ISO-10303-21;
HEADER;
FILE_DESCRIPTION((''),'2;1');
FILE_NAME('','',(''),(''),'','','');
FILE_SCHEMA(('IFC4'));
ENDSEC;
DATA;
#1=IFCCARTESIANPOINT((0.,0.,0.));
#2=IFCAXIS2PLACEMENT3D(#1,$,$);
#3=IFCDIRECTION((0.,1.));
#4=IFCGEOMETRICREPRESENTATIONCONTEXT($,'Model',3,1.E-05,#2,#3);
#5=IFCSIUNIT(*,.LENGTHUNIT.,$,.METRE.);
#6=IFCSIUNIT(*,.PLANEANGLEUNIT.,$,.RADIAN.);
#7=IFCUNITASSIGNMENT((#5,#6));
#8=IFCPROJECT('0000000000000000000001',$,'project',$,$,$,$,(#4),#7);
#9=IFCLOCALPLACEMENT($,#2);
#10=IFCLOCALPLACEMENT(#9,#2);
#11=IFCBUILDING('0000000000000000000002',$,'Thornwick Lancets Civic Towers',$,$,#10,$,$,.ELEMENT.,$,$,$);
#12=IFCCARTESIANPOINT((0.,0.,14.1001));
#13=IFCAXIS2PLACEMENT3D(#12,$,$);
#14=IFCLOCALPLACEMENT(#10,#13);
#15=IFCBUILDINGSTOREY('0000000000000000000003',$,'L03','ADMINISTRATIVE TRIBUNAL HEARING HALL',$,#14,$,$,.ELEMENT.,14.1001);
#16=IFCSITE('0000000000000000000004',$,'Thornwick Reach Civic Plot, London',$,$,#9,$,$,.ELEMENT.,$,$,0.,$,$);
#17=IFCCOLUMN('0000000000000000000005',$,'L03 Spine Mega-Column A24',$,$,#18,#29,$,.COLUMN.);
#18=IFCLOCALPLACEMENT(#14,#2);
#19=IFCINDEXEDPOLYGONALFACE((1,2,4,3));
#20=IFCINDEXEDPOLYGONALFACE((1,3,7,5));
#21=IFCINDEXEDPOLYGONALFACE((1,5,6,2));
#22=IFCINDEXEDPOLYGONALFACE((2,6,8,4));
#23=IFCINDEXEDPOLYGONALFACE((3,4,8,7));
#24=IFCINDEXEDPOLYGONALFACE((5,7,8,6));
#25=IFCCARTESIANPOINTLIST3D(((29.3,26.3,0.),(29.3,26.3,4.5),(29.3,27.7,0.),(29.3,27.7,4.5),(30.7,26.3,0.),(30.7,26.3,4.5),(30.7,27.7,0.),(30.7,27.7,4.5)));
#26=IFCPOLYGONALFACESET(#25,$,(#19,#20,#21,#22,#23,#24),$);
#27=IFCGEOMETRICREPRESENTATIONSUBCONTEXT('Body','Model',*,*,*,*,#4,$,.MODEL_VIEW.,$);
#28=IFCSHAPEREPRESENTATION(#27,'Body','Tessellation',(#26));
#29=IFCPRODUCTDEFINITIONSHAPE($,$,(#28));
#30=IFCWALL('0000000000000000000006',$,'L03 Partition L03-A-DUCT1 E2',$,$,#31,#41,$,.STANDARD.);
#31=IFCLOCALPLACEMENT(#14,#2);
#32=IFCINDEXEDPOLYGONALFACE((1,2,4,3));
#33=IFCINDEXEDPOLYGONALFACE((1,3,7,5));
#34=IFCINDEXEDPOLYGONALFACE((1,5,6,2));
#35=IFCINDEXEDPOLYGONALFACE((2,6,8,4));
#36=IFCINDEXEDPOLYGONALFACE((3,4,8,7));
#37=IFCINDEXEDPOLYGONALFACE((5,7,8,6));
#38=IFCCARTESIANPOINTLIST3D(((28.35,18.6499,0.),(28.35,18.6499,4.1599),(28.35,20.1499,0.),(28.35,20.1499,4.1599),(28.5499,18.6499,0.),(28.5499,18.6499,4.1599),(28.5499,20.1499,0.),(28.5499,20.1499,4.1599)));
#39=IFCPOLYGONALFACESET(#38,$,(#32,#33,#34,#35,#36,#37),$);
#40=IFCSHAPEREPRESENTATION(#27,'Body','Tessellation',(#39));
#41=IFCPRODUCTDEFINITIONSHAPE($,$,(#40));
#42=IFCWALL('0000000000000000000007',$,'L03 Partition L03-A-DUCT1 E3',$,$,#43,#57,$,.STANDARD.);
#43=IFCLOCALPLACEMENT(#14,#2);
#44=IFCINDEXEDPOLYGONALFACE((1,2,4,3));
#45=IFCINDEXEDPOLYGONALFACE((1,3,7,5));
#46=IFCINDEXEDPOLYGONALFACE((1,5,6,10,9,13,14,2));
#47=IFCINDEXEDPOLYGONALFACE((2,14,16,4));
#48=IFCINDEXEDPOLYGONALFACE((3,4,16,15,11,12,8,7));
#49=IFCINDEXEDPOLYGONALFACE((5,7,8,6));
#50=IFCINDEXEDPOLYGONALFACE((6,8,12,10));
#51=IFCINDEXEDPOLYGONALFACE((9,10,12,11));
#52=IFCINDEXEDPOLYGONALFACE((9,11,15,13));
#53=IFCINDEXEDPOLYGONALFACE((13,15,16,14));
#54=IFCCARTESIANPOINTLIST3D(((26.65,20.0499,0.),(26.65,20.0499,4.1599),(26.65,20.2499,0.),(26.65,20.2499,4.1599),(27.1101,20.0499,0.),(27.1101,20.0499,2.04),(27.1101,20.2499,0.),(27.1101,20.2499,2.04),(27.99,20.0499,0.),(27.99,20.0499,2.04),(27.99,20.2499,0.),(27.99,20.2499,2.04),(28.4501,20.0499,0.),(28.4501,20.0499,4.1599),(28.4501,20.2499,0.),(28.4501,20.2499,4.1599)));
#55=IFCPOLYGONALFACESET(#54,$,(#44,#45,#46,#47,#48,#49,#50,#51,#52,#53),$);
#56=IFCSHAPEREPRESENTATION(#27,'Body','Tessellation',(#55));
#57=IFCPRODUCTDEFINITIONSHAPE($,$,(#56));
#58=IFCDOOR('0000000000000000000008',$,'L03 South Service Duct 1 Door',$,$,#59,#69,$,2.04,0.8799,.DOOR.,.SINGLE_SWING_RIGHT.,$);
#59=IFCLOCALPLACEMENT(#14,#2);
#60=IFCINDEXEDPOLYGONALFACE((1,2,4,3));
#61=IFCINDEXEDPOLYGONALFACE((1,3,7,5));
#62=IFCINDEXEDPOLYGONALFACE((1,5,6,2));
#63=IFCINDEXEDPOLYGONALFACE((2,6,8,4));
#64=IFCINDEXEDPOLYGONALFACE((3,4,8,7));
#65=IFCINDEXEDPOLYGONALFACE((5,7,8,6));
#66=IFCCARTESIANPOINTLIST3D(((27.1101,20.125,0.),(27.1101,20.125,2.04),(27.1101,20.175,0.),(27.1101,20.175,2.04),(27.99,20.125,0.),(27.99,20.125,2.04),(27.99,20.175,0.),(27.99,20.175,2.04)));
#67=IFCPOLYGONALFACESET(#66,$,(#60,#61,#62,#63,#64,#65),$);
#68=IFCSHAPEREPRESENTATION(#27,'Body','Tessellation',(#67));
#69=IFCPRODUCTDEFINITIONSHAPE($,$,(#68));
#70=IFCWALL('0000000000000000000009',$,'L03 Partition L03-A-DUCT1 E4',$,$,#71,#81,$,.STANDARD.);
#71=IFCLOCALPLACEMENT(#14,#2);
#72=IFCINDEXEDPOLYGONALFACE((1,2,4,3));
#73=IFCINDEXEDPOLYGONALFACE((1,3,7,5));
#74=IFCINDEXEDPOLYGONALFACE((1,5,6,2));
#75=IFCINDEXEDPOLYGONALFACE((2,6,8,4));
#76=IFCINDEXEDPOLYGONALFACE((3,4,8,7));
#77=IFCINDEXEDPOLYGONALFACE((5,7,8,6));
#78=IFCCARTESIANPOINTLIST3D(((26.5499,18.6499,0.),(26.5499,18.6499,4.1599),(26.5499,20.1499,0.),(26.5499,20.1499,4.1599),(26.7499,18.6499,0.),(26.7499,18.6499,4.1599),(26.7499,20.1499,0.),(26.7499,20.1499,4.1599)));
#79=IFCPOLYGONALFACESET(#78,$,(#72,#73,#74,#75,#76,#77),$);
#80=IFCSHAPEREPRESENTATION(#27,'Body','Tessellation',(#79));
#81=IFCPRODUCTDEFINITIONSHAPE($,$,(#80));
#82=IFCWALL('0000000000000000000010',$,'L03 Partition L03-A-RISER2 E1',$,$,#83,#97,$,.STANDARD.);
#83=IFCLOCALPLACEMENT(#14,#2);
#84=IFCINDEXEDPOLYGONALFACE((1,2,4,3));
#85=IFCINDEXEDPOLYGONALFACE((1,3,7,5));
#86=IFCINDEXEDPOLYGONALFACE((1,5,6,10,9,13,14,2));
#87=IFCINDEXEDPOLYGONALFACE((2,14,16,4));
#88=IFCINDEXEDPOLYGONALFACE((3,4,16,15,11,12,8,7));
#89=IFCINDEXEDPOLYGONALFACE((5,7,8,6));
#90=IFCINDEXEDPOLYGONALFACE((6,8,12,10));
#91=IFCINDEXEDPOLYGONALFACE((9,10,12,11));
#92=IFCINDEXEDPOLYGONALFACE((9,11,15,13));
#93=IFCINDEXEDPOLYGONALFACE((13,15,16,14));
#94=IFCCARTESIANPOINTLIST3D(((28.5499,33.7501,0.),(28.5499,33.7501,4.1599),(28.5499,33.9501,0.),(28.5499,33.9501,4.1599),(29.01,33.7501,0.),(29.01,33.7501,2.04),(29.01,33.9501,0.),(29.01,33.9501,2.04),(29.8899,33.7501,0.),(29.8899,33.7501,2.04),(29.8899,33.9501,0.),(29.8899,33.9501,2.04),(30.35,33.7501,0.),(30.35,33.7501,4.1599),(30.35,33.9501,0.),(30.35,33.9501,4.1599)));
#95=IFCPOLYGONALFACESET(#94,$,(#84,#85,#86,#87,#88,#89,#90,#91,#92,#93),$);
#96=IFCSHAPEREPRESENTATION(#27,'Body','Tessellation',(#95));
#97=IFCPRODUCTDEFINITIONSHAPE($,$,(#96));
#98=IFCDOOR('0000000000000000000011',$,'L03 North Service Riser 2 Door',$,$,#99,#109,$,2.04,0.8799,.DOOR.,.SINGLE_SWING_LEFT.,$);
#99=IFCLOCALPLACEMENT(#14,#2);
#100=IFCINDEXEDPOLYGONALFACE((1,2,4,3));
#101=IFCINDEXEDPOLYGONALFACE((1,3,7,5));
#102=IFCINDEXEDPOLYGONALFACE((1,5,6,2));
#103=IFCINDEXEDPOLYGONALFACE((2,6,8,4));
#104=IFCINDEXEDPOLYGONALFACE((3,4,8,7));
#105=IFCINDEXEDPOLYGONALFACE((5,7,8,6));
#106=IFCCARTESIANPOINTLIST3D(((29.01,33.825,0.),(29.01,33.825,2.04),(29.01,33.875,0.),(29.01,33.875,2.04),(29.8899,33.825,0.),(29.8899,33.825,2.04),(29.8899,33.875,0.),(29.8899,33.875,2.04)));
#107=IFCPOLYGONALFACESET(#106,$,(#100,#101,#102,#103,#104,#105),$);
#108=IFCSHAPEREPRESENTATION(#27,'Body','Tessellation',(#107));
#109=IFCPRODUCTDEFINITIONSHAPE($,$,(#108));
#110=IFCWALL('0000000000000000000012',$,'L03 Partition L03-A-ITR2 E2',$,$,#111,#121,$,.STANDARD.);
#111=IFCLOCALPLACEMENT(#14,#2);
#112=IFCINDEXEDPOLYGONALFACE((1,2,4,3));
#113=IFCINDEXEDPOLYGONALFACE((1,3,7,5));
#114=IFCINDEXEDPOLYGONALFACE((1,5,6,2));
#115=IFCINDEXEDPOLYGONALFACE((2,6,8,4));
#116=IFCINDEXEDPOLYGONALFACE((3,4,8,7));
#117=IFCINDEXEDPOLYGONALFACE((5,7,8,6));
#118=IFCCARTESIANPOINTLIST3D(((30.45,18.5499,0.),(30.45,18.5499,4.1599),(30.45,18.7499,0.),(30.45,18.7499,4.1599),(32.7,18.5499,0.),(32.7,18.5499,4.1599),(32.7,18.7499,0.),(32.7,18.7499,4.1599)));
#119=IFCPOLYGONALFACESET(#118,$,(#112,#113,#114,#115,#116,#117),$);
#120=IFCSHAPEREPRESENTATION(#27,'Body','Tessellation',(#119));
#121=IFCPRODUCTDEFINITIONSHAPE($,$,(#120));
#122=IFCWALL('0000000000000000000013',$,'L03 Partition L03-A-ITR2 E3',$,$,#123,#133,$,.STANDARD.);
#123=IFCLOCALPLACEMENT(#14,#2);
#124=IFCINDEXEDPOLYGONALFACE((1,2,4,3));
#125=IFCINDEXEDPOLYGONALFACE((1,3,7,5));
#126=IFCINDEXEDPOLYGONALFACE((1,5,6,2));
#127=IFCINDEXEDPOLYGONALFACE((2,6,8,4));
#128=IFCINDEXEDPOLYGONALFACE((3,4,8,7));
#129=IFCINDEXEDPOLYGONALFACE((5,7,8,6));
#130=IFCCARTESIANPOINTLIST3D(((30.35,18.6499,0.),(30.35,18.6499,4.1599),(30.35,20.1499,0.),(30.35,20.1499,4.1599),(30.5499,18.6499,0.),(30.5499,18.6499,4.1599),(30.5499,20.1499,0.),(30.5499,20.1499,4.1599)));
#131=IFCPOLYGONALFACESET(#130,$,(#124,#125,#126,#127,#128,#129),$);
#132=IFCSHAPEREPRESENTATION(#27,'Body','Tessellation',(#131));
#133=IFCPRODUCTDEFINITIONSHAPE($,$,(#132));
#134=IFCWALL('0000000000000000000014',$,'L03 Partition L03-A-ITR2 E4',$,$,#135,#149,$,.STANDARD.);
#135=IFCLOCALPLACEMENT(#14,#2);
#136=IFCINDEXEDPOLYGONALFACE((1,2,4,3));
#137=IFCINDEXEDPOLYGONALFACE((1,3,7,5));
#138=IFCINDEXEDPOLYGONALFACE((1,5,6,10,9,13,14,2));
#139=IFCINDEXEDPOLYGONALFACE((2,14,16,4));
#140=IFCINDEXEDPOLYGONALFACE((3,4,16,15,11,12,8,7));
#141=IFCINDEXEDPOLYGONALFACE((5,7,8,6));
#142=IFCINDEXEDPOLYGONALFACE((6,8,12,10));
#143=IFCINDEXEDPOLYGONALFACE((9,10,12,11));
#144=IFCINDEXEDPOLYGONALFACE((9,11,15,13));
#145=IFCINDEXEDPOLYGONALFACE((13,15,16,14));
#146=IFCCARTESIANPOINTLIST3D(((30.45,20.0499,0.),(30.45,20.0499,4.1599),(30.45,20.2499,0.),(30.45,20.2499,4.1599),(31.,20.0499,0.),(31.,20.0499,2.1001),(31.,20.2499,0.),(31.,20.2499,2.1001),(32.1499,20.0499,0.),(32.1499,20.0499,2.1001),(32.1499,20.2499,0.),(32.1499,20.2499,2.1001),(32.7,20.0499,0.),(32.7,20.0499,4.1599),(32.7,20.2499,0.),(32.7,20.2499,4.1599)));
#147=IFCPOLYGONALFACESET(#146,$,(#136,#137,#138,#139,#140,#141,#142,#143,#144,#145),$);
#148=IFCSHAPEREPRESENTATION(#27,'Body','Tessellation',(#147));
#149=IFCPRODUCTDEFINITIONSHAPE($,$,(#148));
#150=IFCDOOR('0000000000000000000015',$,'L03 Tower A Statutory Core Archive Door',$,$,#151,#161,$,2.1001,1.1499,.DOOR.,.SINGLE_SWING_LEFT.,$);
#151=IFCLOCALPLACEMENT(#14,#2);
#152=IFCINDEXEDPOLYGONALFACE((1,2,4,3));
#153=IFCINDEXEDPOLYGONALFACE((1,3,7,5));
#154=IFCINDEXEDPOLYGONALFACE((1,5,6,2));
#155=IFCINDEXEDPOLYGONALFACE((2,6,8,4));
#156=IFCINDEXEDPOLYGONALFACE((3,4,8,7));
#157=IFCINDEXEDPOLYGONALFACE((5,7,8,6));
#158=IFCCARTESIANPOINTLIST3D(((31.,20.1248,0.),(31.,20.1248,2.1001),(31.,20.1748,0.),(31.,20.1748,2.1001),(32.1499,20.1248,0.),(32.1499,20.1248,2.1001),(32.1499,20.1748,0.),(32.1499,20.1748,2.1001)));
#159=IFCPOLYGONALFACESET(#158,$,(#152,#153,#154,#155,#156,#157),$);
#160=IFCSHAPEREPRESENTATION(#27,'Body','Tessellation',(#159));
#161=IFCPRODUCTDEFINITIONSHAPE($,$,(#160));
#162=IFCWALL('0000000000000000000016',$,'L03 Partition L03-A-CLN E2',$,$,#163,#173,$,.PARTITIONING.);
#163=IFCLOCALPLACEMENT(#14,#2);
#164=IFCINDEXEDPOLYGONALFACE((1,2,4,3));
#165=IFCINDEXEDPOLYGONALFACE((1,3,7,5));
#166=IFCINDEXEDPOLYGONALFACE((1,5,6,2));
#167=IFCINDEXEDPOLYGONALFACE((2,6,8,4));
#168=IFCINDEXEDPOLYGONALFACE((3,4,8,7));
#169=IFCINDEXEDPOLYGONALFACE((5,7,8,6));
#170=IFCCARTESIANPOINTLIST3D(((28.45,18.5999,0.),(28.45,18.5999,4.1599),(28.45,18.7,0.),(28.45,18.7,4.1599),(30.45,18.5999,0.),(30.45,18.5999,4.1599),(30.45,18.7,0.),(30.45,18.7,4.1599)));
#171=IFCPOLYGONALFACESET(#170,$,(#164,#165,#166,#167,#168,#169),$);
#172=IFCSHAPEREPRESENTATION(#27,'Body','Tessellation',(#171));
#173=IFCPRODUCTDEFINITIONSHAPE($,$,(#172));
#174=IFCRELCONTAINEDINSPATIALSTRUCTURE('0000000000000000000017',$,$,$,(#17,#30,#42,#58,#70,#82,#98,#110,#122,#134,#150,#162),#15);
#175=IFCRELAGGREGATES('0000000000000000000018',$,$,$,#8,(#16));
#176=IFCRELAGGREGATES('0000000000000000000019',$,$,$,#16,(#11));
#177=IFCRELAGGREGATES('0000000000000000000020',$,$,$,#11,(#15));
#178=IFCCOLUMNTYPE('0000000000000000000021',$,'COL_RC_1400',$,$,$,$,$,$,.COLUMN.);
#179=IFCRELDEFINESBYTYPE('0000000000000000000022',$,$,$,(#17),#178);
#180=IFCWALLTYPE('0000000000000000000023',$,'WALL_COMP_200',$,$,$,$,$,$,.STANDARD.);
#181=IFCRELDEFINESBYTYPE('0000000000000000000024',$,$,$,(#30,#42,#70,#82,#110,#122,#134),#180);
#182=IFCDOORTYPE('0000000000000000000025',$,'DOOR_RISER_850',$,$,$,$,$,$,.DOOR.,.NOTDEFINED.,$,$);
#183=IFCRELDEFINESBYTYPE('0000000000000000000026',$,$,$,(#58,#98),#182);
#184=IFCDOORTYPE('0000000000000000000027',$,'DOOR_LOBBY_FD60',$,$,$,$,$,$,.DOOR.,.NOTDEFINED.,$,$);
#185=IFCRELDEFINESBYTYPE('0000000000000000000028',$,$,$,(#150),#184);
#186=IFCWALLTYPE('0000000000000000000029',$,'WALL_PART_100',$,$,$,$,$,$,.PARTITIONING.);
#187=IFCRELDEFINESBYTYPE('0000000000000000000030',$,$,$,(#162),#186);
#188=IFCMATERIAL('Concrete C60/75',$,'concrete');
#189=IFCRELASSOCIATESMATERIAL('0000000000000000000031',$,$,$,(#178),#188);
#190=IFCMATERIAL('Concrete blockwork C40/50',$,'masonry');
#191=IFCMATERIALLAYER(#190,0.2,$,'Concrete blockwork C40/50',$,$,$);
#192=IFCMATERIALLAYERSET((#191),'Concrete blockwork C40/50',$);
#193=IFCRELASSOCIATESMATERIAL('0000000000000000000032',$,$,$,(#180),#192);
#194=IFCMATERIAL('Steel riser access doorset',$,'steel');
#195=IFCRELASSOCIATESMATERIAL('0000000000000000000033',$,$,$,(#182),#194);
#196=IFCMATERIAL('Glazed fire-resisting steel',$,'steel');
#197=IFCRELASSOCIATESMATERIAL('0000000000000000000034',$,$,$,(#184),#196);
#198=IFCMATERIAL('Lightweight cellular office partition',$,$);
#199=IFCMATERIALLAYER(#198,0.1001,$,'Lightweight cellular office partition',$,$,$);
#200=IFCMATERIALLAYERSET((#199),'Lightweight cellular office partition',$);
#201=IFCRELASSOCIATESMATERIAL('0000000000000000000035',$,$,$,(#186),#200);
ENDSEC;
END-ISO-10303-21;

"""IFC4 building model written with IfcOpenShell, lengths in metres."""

from ifc_helpers import new_model, si_unit, direction, frame, frame_2d, origin, origin_2d, place, context, subcontext, project, spatial, rectangle, extrude, material, layer, layer_set, material_profile, profile_set, type_object, element, fill, save


model = new_model("IFC4")

# Units and contexts
model_context = context("Model", 3, precision=1e-05, world=origin(), true_north=direction((0.0, 1.0)))
body_context = subcontext(model_context, "Body", "Model", "MODEL_VIEW")
ifc_project = project(units=[si_unit("LENGTHUNIT", "METRE"), si_unit("PLANEANGLEUNIT", "RADIAN")], contexts=[model_context])

# Site, building, storey
site_placement = place(None, origin())
site = spatial("IfcSite", under=ifc_project, at=site_placement, Name="Thornwick Reach Civic Plot, London", CompositionType="ELEMENT", RefElevation=0.0)
building_placement = place(site_placement, origin())
building = spatial("IfcBuilding", under=site, at=building_placement, Name="Thornwick Lancets Civic Towers", CompositionType="ELEMENT")
storey_placement = place(building_placement, frame((0.0, 0.0, 14.1001)))
storey = spatial("IfcBuildingStorey", under=building, at=storey_placement, Name="L03", Description="ADMINISTRATIVE TRIBUNAL HEARING HALL", CompositionType="ELEMENT", Elevation=14.1001)

# Column
ifc_material_1 = material(Name="Concrete C60/75", Category="concrete")
ifc_material_profile = material_profile(ifc_material_1, rectangle(XDim=1.3999, YDim=1.3999, at=origin_2d()), Name="RC 1400x1400")
ifc_profile_set = profile_set([ifc_material_profile], Name="Concrete C60/75")
column_type = type_object("IfcColumnType", Name="COL_RC_1400", PredefinedType="COLUMN", material=ifc_profile_set)
column_placement = place(storey_placement, frame((30.0, 27.0, 0.0), z_axis=(0.0, 0.0, 1.0), x_axis=(1.0, 0.0, 0.0)))
element("IfcColumn", 1, at=column_placement, inside=storey, type_object=column_type, Name="L03 Spine Mega-Column A24", PredefinedType="COLUMN", context=body_context, shape_type="SweptSolid", body=[
    extrude(rectangle(XDim=1.3999, YDim=1.3999, at=origin_2d()), origin(), (0.0, 0.0, 1.0), 4.5),
])

# Wall
ifc_material_2 = material(Name="Concrete blockwork C40/50", Category="masonry")
ifc_layer_1 = layer(ifc_material_2, 0.2, Name="Concrete blockwork C40/50")
ifc_layer_set_1 = layer_set([ifc_layer_1], Name="Concrete blockwork C40/50")
wall_type_1 = type_object("IfcWallType", Name="WALL_COMP_200", PredefinedType="STANDARD", material=ifc_layer_set_1)
wall_1_placement = place(storey_placement, frame((28.45, 18.6499, 0.0), z_axis=(0.0, 0.0, 1.0), x_axis=(0.0, 1.0, 0.0)))
element("IfcWall", 2, at=wall_1_placement, inside=storey, type_object=wall_type_1, Name="L03 Partition L03-A-DUCT1 E2", PredefinedType="STANDARD", context=body_context, shape_type="SweptSolid", body=[
    extrude(rectangle(XDim=1.5, YDim=0.2, at=frame_2d((0.75, 0.0))), origin(), (0.0, 0.0, 1.0), 4.1599),
])

# Wall, opening, door
wall_2_placement = place(storey_placement, frame((28.45, 20.1499, 0.0), z_axis=(0.0, 0.0, 1.0), x_axis=(-1.0, 0.0, 0.0)))
wall_2 = element("IfcWall", 3, at=wall_2_placement, inside=storey, type_object=wall_type_1, Name="L03 Partition L03-A-DUCT1 E3", PredefinedType="STANDARD", context=body_context, shape_type="SweptSolid", body=[
    extrude(rectangle(XDim=1.8, YDim=0.2, at=frame_2d((0.8999, 0.0))), origin(), (0.0, 0.0, 1.0), 4.1599),
])
opening_1_placement = place(wall_2_placement, frame((0.46, 0.0, 0.0)))
opening_1 = element("IfcOpeningElement", 4, at=opening_1_placement, cuts=wall_2, PredefinedType="OPENING", context=body_context, shape_type="SweptSolid", body=[
    extrude(rectangle(XDim=0.8799, YDim=2.04, at=frame_2d((0.4399, 1.02))), frame((0.0, 0.1099, 0.0), z_axis=(0.0, -1.0, 0.0), x_axis=(1.0, 0.0, 0.0)), (0.0, 0.0, 1.0), 0.22),
])
ifc_material_3 = material(Name="Steel riser access doorset", Category="steel")
door_type_1 = type_object("IfcDoorType", Name="DOOR_RISER_850", OperationType="NOTDEFINED", PredefinedType="DOOR", material=ifc_material_3)
door_1_placement = place(opening_1_placement, origin())
door_1 = element("IfcDoor", 5, at=door_1_placement, inside=storey, type_object=door_type_1, Name="L03 South Service Duct 1 Door", OperationType="SINGLE_SWING_RIGHT", OverallHeight=2.04, OverallWidth=0.8799, PredefinedType="DOOR", context=body_context, shape_type="SweptSolid", body=[
    extrude(rectangle(XDim=0.8799, YDim=2.04, at=frame_2d((0.4399, 1.02))), frame((0.0, 0.0249, 0.0), z_axis=(0.0, -1.0, 0.0), x_axis=(1.0, 0.0, 0.0)), (0.0, 0.0, 1.0), 0.05),
])
fill(opening_1, door_1)

# Wall
wall_3_placement = place(storey_placement, frame((26.6499, 20.1499, 0.0), z_axis=(0.0, 0.0, 1.0), x_axis=(0.0, -1.0, 0.0)))
element("IfcWall", 6, at=wall_3_placement, inside=storey, type_object=wall_type_1, Name="L03 Partition L03-A-DUCT1 E4", PredefinedType="STANDARD", context=body_context, shape_type="SweptSolid", body=[
    extrude(rectangle(XDim=1.5, YDim=0.2, at=frame_2d((0.75, 0.0))), origin(), (0.0, 0.0, 1.0), 4.1599),
])

# Wall, opening, door
wall_4_placement = place(storey_placement, frame((28.55, 33.8501, 0.0), z_axis=(0.0, 0.0, 1.0), x_axis=(1.0, 0.0, 0.0)))
wall_4 = element("IfcWall", 7, at=wall_4_placement, inside=storey, type_object=wall_type_1, Name="L03 Partition L03-A-RISER2 E1", PredefinedType="STANDARD", context=body_context, shape_type="SweptSolid", body=[
    extrude(rectangle(XDim=1.8, YDim=0.2, at=frame_2d((0.8999, 0.0))), origin(), (0.0, 0.0, 1.0), 4.1599),
])
opening_2_placement = place(wall_4_placement, frame((0.46, 0.0, 0.0)))
opening_2 = element("IfcOpeningElement", 8, at=opening_2_placement, cuts=wall_4, PredefinedType="OPENING", context=body_context, shape_type="SweptSolid", body=[
    extrude(rectangle(XDim=0.8799, YDim=2.04, at=frame_2d((0.4399, 1.02))), frame((0.0, 0.1099, 0.0), z_axis=(0.0, -1.0, 0.0), x_axis=(1.0, 0.0, 0.0)), (0.0, 0.0, 1.0), 0.22),
])
door_2_placement = place(opening_2_placement, origin())
door_2 = element("IfcDoor", 9, at=door_2_placement, inside=storey, type_object=door_type_1, Name="L03 North Service Riser 2 Door", OperationType="SINGLE_SWING_LEFT", OverallHeight=2.04, OverallWidth=0.8799, PredefinedType="DOOR", context=body_context, shape_type="SweptSolid", body=[
    extrude(rectangle(XDim=0.8799, YDim=2.04, at=frame_2d((0.4399, 1.02))), frame((0.0, 0.0249, 0.0), z_axis=(0.0, -1.0, 0.0), x_axis=(1.0, 0.0, 0.0)), (0.0, 0.0, 1.0), 0.05),
])
fill(opening_2, door_2)

# Walls
wall_5_placement = place(storey_placement, frame((32.7, 18.6499, 0.0), z_axis=(0.0, 0.0, 1.0), x_axis=(-1.0, 0.0, 0.0)))
element("IfcWall", 10, at=wall_5_placement, inside=storey, type_object=wall_type_1, Name="L03 Partition L03-A-ITR2 E2", PredefinedType="STANDARD", context=body_context, shape_type="SweptSolid", body=[
    extrude(rectangle(XDim=2.25, YDim=0.2, at=frame_2d((1.125, 0.0))), origin(), (0.0, 0.0, 1.0), 4.1599),
])
wall_6_placement = place(storey_placement, frame((30.45, 18.6499, 0.0), z_axis=(0.0, 0.0, 1.0), x_axis=(0.0, 1.0, 0.0)))
element("IfcWall", 11, at=wall_6_placement, inside=storey, type_object=wall_type_1, Name="L03 Partition L03-A-ITR2 E3", PredefinedType="STANDARD", context=body_context, shape_type="SweptSolid", body=[
    extrude(rectangle(XDim=1.5, YDim=0.2, at=frame_2d((0.75, 0.0))), origin(), (0.0, 0.0, 1.0), 4.1599),
])

# Wall, opening, door
wall_7_placement = place(storey_placement, frame((30.45, 20.1499, 0.0), z_axis=(0.0, 0.0, 1.0), x_axis=(1.0, 0.0, 0.0)))
wall_7 = element("IfcWall", 12, at=wall_7_placement, inside=storey, type_object=wall_type_1, Name="L03 Partition L03-A-ITR2 E4", PredefinedType="STANDARD", context=body_context, shape_type="SweptSolid", body=[
    extrude(rectangle(XDim=2.25, YDim=0.2, at=frame_2d((1.125, 0.0))), origin(), (0.0, 0.0, 1.0), 4.1599),
])
opening_3_placement = place(wall_7_placement, frame((0.55, 0.0, 0.0)))
opening_3 = element("IfcOpeningElement", 13, at=opening_3_placement, cuts=wall_7, PredefinedType="OPENING", context=body_context, shape_type="SweptSolid", body=[
    extrude(rectangle(XDim=1.1499, YDim=2.1001, at=frame_2d((0.575, 1.05))), frame((0.0, 0.1099, 0.0), z_axis=(0.0, -1.0, 0.0), x_axis=(1.0, 0.0, 0.0)), (0.0, 0.0, 1.0), 0.22),
])
ifc_material_4 = material(Name="Glazed fire-resisting steel", Category="steel")
door_type_2 = type_object("IfcDoorType", Name="DOOR_LOBBY_FD60", OperationType="NOTDEFINED", PredefinedType="DOOR", material=ifc_material_4)
door_3_placement = place(opening_3_placement, origin())
door_3 = element("IfcDoor", 14, at=door_3_placement, inside=storey, type_object=door_type_2, Name="L03 Tower A Statutory Core Archive Door", OperationType="SINGLE_SWING_LEFT", OverallHeight=2.1001, OverallWidth=1.1499, PredefinedType="DOOR", context=body_context, shape_type="SweptSolid", body=[
    extrude(rectangle(XDim=1.1499, YDim=2.1001, at=frame_2d((0.575, 1.05))), frame((0.0, 0.0249, 0.0), z_axis=(0.0, -1.0, 0.0), x_axis=(1.0, 0.0, 0.0)), (0.0, 0.0, 1.0), 0.05),
])
fill(opening_3, door_3)

# Wall
ifc_material_5 = material(Name="Lightweight cellular office partition")
ifc_layer_2 = layer(ifc_material_5, 0.1001, Name="Lightweight cellular office partition")
ifc_layer_set_2 = layer_set([ifc_layer_2], Name="Lightweight cellular office partition")
wall_type_2 = type_object("IfcWallType", Name="WALL_PART_100", PredefinedType="PARTITIONING", material=ifc_layer_set_2)
wall_8_placement = place(storey_placement, frame((30.45, 18.6499, 0.0), z_axis=(0.0, 0.0, 1.0), x_axis=(-1.0, 0.0, 0.0)))
element("IfcWall", 15, at=wall_8_placement, inside=storey, type_object=wall_type_2, Name="L03 Partition L03-A-CLN E2", PredefinedType="PARTITIONING", context=body_context, shape_type="SweptSolid", body=[
    extrude(rectangle(XDim=2.0, YDim=0.1001, at=frame_2d((1.0, 0.0))), origin(), (0.0, 0.0, 1.0), 4.1599),
])

save(model, "model.ifc")
